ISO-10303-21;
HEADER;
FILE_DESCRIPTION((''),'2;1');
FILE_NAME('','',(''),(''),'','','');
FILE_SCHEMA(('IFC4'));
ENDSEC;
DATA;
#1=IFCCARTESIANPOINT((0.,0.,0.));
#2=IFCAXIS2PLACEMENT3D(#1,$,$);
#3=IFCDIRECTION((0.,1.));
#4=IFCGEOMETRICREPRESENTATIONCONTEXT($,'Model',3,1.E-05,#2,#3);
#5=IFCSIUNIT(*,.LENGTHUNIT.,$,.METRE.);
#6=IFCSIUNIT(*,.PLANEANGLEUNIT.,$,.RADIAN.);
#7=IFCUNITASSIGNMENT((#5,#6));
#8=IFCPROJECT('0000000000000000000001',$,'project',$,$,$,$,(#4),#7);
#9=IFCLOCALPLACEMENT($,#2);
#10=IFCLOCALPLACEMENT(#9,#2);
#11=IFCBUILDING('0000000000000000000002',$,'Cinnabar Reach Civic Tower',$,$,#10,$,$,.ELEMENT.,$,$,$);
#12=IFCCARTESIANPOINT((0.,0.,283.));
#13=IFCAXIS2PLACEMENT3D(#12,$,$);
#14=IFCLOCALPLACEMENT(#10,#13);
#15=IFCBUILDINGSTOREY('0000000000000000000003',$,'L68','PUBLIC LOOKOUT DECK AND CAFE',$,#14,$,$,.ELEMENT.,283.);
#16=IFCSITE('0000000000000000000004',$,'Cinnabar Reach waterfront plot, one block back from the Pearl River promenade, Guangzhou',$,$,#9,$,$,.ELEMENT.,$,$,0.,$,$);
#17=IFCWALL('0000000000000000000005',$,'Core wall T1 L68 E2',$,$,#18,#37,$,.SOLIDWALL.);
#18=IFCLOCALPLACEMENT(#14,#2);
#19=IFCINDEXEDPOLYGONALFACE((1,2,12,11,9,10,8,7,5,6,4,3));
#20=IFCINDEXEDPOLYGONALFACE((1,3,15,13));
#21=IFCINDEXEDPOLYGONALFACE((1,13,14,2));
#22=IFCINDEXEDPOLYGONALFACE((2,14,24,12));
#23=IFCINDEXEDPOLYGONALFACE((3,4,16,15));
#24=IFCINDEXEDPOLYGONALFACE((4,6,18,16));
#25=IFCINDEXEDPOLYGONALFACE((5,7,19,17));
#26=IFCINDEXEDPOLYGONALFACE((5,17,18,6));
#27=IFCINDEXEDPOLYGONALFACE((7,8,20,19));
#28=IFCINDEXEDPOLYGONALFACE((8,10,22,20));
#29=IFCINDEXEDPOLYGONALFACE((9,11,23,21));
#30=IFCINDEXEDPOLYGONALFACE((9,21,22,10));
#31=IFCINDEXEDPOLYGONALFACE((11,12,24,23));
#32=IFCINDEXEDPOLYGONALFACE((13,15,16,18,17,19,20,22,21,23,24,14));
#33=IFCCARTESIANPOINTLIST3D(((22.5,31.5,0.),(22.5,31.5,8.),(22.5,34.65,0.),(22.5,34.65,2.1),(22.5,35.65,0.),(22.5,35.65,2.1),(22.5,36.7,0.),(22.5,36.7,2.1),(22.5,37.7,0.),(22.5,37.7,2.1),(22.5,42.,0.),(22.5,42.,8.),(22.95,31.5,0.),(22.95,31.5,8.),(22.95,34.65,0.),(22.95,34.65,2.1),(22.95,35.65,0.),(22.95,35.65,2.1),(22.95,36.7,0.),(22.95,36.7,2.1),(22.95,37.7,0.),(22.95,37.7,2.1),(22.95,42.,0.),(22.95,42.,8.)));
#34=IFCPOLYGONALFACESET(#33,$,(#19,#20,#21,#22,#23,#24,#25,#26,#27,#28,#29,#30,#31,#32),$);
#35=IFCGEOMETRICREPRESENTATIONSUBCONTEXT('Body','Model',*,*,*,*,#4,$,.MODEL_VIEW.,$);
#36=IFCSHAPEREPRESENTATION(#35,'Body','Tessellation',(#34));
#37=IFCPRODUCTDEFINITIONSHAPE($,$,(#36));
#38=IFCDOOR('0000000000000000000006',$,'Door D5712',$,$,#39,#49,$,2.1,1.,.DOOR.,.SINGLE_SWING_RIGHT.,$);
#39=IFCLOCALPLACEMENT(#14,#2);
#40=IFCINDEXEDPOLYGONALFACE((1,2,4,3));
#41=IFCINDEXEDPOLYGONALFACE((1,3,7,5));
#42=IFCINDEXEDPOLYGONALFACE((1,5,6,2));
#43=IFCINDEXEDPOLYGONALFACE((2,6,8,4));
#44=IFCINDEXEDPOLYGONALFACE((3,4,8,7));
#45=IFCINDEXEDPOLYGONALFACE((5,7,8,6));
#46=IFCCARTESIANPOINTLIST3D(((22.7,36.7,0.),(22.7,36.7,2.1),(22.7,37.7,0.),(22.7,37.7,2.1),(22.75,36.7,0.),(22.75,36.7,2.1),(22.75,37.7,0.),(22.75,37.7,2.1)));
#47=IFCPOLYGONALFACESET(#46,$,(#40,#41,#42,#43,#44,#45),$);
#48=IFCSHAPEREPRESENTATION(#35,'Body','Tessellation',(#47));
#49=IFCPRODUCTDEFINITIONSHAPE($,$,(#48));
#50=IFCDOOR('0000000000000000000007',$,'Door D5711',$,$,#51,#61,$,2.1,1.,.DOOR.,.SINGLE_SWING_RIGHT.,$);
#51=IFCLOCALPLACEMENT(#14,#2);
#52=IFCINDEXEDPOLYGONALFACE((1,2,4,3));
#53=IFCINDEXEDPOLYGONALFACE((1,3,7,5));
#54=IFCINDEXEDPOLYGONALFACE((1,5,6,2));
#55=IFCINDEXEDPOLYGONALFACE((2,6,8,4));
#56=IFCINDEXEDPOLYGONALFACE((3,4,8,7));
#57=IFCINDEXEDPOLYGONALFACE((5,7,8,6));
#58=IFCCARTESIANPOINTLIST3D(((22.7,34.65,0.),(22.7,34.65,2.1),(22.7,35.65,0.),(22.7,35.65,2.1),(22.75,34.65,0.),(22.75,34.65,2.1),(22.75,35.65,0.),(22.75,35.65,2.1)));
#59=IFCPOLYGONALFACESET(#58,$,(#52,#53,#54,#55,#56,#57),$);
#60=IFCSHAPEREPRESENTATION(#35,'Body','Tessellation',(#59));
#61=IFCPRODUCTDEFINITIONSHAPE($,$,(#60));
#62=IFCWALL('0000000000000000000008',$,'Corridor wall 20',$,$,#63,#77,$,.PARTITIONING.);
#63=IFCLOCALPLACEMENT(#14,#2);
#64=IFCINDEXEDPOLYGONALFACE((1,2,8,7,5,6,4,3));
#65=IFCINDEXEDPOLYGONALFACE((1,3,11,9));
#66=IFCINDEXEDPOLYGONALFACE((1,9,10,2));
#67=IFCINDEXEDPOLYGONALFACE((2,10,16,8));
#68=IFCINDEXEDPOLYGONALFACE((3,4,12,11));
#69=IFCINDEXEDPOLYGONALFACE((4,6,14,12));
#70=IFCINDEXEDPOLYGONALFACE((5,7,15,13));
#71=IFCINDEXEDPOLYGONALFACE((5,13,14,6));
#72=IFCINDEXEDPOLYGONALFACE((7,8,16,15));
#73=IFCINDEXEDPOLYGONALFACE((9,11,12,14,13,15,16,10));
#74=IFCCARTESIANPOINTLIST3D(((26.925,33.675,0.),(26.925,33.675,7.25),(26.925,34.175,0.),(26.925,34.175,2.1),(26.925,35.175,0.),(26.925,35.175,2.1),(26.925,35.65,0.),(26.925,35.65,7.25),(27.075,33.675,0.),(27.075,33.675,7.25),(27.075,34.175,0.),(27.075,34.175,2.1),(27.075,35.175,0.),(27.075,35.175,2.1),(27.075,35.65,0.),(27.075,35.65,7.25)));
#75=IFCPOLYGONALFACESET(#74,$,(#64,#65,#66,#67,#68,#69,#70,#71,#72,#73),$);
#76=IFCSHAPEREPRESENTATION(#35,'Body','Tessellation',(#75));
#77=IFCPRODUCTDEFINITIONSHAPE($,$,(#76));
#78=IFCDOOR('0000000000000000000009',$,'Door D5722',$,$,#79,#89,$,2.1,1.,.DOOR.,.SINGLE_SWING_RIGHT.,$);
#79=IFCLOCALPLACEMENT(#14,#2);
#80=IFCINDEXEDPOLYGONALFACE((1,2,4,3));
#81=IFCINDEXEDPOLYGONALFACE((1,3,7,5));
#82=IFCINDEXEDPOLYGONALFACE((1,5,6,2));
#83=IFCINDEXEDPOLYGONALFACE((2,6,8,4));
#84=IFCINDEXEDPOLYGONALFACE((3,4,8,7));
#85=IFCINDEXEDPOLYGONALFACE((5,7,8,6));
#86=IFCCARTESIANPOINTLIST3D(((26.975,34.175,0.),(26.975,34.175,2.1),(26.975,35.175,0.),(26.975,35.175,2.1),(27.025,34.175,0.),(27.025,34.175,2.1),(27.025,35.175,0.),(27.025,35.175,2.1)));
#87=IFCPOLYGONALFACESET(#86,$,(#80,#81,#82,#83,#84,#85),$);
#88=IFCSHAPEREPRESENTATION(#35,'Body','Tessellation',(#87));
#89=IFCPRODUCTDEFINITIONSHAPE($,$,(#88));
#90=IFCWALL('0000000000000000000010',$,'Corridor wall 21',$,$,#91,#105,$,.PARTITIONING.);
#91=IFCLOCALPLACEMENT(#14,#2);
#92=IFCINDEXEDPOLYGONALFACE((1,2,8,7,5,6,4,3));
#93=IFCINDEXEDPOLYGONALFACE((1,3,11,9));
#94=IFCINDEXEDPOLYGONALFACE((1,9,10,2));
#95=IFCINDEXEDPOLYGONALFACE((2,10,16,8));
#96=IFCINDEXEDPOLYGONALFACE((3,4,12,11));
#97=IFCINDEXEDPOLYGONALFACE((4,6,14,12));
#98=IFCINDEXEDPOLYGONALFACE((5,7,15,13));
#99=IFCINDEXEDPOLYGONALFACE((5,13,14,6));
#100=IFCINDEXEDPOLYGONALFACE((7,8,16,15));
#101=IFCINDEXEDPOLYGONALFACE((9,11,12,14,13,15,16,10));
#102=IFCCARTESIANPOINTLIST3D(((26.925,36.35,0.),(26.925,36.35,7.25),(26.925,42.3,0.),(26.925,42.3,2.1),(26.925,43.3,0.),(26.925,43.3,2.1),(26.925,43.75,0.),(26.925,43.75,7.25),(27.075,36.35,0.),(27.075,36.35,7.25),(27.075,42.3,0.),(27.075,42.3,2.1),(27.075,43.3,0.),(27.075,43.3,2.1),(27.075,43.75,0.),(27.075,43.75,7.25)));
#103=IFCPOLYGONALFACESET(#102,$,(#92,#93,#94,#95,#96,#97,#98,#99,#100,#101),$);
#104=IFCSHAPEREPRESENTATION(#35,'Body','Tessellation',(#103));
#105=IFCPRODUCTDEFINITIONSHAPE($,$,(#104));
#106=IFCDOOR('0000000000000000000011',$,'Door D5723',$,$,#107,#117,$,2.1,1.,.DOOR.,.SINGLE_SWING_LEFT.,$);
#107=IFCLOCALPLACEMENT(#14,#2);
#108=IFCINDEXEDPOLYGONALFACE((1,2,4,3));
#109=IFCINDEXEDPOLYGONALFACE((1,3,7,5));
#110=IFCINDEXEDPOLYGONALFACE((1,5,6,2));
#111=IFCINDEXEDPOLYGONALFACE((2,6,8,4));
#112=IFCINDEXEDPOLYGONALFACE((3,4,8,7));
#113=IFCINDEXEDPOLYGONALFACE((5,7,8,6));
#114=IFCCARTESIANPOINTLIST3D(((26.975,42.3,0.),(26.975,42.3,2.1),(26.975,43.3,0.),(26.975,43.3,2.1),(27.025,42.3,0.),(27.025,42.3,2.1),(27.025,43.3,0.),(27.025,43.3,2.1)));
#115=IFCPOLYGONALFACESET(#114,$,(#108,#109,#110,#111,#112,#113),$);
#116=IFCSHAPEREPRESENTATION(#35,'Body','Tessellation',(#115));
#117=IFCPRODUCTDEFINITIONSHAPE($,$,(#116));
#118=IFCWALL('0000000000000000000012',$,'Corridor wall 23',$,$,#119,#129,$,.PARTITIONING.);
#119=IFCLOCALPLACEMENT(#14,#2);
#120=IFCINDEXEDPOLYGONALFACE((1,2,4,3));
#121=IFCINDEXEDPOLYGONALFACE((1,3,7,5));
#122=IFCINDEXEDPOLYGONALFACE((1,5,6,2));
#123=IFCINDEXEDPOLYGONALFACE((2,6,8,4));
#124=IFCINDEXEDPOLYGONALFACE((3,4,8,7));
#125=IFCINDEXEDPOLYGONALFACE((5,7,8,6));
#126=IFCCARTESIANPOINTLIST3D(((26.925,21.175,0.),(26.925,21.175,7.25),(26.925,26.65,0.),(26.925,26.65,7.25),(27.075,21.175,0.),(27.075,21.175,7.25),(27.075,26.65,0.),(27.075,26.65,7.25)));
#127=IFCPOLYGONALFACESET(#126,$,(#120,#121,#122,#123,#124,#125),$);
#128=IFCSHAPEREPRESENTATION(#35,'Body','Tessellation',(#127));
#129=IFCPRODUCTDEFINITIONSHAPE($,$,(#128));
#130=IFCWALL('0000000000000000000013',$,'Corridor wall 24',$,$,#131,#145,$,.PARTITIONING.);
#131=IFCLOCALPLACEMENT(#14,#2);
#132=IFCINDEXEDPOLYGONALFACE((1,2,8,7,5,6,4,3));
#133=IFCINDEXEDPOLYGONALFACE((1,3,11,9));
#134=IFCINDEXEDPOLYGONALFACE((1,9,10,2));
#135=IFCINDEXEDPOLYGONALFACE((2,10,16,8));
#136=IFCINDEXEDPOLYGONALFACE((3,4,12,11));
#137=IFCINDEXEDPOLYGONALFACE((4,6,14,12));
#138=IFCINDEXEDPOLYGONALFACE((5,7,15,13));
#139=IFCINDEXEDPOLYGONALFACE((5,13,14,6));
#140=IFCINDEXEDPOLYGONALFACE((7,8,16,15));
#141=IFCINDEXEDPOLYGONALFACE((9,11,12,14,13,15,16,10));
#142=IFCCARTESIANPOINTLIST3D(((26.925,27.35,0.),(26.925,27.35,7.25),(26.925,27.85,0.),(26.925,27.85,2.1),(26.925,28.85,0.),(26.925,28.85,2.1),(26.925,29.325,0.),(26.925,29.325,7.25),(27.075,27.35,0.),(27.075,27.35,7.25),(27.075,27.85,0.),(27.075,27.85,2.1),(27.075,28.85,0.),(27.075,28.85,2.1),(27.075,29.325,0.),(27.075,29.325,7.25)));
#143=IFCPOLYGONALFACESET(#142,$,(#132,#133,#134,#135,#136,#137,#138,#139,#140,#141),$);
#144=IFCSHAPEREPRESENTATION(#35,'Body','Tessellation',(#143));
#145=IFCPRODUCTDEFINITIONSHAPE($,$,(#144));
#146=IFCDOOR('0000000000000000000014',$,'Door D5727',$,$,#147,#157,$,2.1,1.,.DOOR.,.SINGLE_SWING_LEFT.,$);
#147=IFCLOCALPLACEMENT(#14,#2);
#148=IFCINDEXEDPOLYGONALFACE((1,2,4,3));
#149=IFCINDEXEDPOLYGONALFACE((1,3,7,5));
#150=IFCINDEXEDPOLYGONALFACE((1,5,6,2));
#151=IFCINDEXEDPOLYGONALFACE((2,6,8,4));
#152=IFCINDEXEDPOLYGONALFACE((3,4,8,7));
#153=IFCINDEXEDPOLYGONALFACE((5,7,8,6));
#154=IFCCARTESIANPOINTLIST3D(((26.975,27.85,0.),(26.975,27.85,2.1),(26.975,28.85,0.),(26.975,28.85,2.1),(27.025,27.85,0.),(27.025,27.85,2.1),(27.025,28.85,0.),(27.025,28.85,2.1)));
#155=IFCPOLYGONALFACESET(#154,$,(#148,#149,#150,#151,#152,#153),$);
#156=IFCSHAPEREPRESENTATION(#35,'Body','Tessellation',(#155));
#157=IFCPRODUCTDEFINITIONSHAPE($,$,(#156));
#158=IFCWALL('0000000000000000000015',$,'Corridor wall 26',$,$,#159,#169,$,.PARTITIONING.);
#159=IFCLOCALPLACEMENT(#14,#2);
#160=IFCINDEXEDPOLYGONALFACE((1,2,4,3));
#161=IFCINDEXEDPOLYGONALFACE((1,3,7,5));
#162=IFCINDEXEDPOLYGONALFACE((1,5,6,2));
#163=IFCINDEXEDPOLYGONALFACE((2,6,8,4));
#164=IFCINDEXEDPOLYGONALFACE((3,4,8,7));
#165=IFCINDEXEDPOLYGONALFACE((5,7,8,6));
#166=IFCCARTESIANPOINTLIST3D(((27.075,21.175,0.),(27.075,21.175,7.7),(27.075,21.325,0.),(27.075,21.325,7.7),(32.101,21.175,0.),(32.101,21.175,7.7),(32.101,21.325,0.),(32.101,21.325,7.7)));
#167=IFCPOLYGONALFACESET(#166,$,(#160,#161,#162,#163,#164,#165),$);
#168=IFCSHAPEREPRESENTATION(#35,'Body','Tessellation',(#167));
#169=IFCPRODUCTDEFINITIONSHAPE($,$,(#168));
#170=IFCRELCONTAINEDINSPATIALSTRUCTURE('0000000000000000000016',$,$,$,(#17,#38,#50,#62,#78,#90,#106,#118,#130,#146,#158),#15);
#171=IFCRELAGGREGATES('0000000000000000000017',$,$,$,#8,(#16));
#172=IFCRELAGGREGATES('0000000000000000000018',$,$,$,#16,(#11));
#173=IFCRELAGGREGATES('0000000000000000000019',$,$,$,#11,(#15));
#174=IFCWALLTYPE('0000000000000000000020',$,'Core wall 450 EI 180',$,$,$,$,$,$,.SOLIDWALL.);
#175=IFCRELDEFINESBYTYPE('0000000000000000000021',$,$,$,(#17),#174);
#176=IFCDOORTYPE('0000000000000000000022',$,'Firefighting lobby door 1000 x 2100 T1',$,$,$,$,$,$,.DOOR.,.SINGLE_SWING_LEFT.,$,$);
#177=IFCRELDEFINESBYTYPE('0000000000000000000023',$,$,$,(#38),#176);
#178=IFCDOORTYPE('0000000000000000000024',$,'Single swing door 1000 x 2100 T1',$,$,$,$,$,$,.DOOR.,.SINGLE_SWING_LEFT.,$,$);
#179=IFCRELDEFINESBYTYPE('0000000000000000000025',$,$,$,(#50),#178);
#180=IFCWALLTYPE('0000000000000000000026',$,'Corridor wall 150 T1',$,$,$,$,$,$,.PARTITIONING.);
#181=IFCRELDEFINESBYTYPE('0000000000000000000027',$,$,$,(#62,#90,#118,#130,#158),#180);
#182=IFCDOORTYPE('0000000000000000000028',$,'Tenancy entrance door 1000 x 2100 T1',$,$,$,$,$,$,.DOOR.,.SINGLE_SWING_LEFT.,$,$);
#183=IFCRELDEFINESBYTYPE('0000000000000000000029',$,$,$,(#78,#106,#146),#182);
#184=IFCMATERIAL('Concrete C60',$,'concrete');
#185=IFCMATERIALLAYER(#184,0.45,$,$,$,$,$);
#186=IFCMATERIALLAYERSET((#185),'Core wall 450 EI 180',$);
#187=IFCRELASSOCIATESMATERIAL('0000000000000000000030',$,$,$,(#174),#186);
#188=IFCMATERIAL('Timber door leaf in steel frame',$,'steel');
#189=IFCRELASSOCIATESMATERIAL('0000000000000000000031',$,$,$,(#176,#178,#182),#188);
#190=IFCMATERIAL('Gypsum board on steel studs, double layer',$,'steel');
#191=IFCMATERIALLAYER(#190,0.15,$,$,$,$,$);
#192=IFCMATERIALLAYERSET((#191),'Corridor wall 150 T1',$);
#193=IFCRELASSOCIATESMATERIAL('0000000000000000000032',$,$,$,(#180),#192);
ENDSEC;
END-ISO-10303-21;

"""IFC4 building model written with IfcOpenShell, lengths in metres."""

from ifc_helpers import new_model, si_unit, direction, frame, frame_2d, origin, place, context, subcontext, project, spatial, rectangle, extrude, material, layer, layer_set, type_object, element, fill, save


model = new_model("IFC4")

# Units and contexts
model_context = context("Model", 3, precision=1e-05, world=origin(), true_north=direction((0.0, 1.0)))
body_context = subcontext(model_context, "Body", "Model", "MODEL_VIEW")
ifc_project = project(units=[si_unit("LENGTHUNIT", "METRE"), si_unit("PLANEANGLEUNIT", "RADIAN")], contexts=[model_context])

# Site, building, storey
site_placement = place(None, origin())
site = spatial("IfcSite", under=ifc_project, at=site_placement, Name="Cinnabar Reach waterfront plot, one block back from the Pearl River promenade, Guangzhou", CompositionType="ELEMENT", RefElevation=0.0)
building_placement = place(site_placement, origin())
building = spatial("IfcBuilding", under=site, at=building_placement, Name="Cinnabar Reach Civic Tower", CompositionType="ELEMENT")
storey_placement = place(building_placement, frame((0.0, 0.0, 283.0)))
storey = spatial("IfcBuildingStorey", under=building, at=storey_placement, Name="L68", Description="PUBLIC LOOKOUT DECK AND CAFE", CompositionType="ELEMENT", Elevation=283.0)

# Shared definitions
ifc_material_1 = material(Name="Concrete C60", Category="concrete")

# Shared definitions
ifc_layer_1 = layer(ifc_material_1, 0.45)
ifc_layer_set_1 = layer_set([ifc_layer_1], Name="Core wall 450 EI 180")
wall_type_1 = type_object("IfcWallType", Name="Core wall 450 EI 180", PredefinedType="SOLIDWALL", material=ifc_layer_set_1)
ifc_material_2 = material(Name="Timber door leaf in steel frame", Category="steel")

# Wall, openings, doors
wall_1_placement = place(storey_placement, frame((22.725, 31.5, 0.0), z_axis=(0.0, 0.0, 1.0), x_axis=(0.0, 1.0, 0.0)))
wall_1 = element("IfcWall", 1, at=wall_1_placement, inside=storey, type_object=wall_type_1, Name="Core wall T1 L68 E2", PredefinedType="SOLIDWALL", context=body_context, shape_type="SweptSolid", body=[
    extrude(rectangle(XDim=10.5, YDim=0.45, at=frame_2d((5.25, 0.0))), origin(), (0.0, 0.0, 1.0), 8.0),
])
opening_1_placement = place(wall_1_placement, frame((3.15, 0.0, 0.0)))
opening_1 = element("IfcOpeningElement", 2, at=opening_1_placement, cuts=wall_1, PredefinedType="OPENING", context=body_context, shape_type="SweptSolid", body=[
    extrude(rectangle(XDim=1.0, YDim=2.1, at=frame_2d((0.5, 1.05))), frame((0.0, 0.235, 0.0), z_axis=(0.0, -1.0, 0.0), x_axis=(1.0, 0.0, 0.0)), (0.0, 0.0, 1.0), 0.47),
])
opening_2_placement = place(wall_1_placement, frame((5.2, 0.0, 0.0)))
opening_2 = element("IfcOpeningElement", 3, at=opening_2_placement, cuts=wall_1, PredefinedType="OPENING", context=body_context, shape_type="SweptSolid", body=[
    extrude(rectangle(XDim=1.0, YDim=2.1, at=frame_2d((0.5, 1.05))), frame((0.0, 0.235, 0.0), z_axis=(0.0, -1.0, 0.0), x_axis=(1.0, 0.0, 0.0)), (0.0, 0.0, 1.0), 0.47),
])
door_type_1 = type_object("IfcDoorType", Name="Firefighting lobby door 1000 x 2100 T1", OperationType="SINGLE_SWING_LEFT", PredefinedType="DOOR", material=ifc_material_2)
door_1_placement = place(opening_2_placement, origin())
door_1 = element("IfcDoor", 4, at=door_1_placement, inside=storey, type_object=door_type_1, Name="Door D5712", OperationType="SINGLE_SWING_RIGHT", OverallHeight=2.1, OverallWidth=1.0, PredefinedType="DOOR", context=body_context, shape_type="SweptSolid", body=[
    extrude(rectangle(XDim=1.0, YDim=2.1, at=frame_2d((0.5, 1.05))), frame((0.0, 0.025, 0.0), z_axis=(0.0, -1.0, 0.0), x_axis=(1.0, 0.0, 0.0)), (0.0, 0.0, 1.0), 0.05),
])
fill(opening_2, door_1)
door_type_2 = type_object("IfcDoorType", Name="Single swing door 1000 x 2100 T1", OperationType="SINGLE_SWING_LEFT", PredefinedType="DOOR", material=ifc_material_2)
door_2_placement = place(opening_1_placement, origin())
door_2 = element("IfcDoor", 5, at=door_2_placement, inside=storey, type_object=door_type_2, Name="Door D5711", OperationType="SINGLE_SWING_RIGHT", OverallHeight=2.1, OverallWidth=1.0, PredefinedType="DOOR", context=body_context, shape_type="SweptSolid", body=[
    extrude(rectangle(XDim=1.0, YDim=2.1, at=frame_2d((0.5, 1.05))), frame((0.0, 0.025, 0.0), z_axis=(0.0, -1.0, 0.0), x_axis=(1.0, 0.0, 0.0)), (0.0, 0.0, 1.0), 0.05),
])
fill(opening_1, door_2)

# Walls, openings, doors
ifc_material_3 = material(Name="Gypsum board on steel studs, double layer", Category="steel")
ifc_layer_2 = layer(ifc_material_3, 0.15)
ifc_layer_set_2 = layer_set([ifc_layer_2], Name="Corridor wall 150 T1")
wall_type_2 = type_object("IfcWallType", Name="Corridor wall 150 T1", PredefinedType="PARTITIONING", material=ifc_layer_set_2)
wall_2_placement = place(storey_placement, frame((27.0, 33.675, 0.0), z_axis=(0.0, 0.0, 1.0), x_axis=(0.0, 1.0, 0.0)))
wall_2 = element("IfcWall", 6, at=wall_2_placement, inside=storey, type_object=wall_type_2, Name="Corridor wall 20", PredefinedType="PARTITIONING", context=body_context, shape_type="SweptSolid", body=[
    extrude(rectangle(XDim=1.975, YDim=0.15, at=frame_2d((0.9875, 0.0))), origin(), (0.0, 0.0, 1.0), 7.25),
])
opening_3_placement = place(wall_2_placement, frame((0.5, 0.0, 0.0)))
opening_3 = element("IfcOpeningElement", 7, at=opening_3_placement, cuts=wall_2, PredefinedType="OPENING", context=body_context, shape_type="SweptSolid", body=[
    extrude(rectangle(XDim=1.0, YDim=2.1, at=frame_2d((0.5, 1.05))), frame((0.0, 0.085, 0.0), z_axis=(0.0, -1.0, 0.0), x_axis=(1.0, 0.0, 0.0)), (0.0, 0.0, 1.0), 0.17),
])
door_type_3 = type_object("IfcDoorType", Name="Tenancy entrance door 1000 x 2100 T1", OperationType="SINGLE_SWING_LEFT", PredefinedType="DOOR", material=ifc_material_2)
door_3_placement = place(opening_3_placement, frame((1.0, 0.0, 0.0), z_axis=(0.0, 0.0, 1.0), x_axis=(-1.0, 0.0, 0.0)))
door_3 = element("IfcDoor", 8, at=door_3_placement, inside=storey, type_object=door_type_3, Name="Door D5722", OperationType="SINGLE_SWING_RIGHT", OverallHeight=2.1, OverallWidth=1.0, PredefinedType="DOOR", context=body_context, shape_type="SweptSolid", body=[
    extrude(rectangle(XDim=1.0, YDim=2.1, at=frame_2d((0.5, 1.05))), frame((0.0, 0.025, 0.0), z_axis=(0.0, -1.0, 0.0), x_axis=(1.0, 0.0, 0.0)), (0.0, 0.0, 1.0), 0.05),
])
fill(opening_3, door_3)
wall_3_placement = place(storey_placement, frame((27.0, 36.35, 0.0), z_axis=(0.0, 0.0, 1.0), x_axis=(0.0, 1.0, 0.0)))
wall_3 = element("IfcWall", 9, at=wall_3_placement, inside=storey, type_object=wall_type_2, Name="Corridor wall 21", PredefinedType="PARTITIONING", context=body_context, shape_type="SweptSolid", body=[
    extrude(rectangle(XDim=7.4, YDim=0.15, at=frame_2d((3.7, 0.0))), origin(), (0.0, 0.0, 1.0), 7.25),
])
opening_4_placement = place(wall_3_placement, frame((5.95, 0.0, 0.0)))
opening_4 = element("IfcOpeningElement", 10, at=opening_4_placement, cuts=wall_3, PredefinedType="OPENING", context=body_context, shape_type="SweptSolid", body=[
    extrude(rectangle(XDim=1.0, YDim=2.1, at=frame_2d((0.5, 1.05))), frame((0.0, 0.085, 0.0), z_axis=(0.0, -1.0, 0.0), x_axis=(1.0, 0.0, 0.0)), (0.0, 0.0, 1.0), 0.17),
])
door_4_placement = place(opening_4_placement, frame((1.0, 0.0, 0.0), z_axis=(0.0, 0.0, 1.0), x_axis=(-1.0, 0.0, 0.0)))
door_4 = element("IfcDoor", 11, at=door_4_placement, inside=storey, type_object=door_type_3, Name="Door D5723", OperationType="SINGLE_SWING_LEFT", OverallHeight=2.1, OverallWidth=1.0, PredefinedType="DOOR", context=body_context, shape_type="SweptSolid", body=[
    extrude(rectangle(XDim=1.0, YDim=2.1, at=frame_2d((0.5, 1.05))), frame((0.0, 0.025, 0.0), z_axis=(0.0, -1.0, 0.0), x_axis=(1.0, 0.0, 0.0)), (0.0, 0.0, 1.0), 0.05),
])
fill(opening_4, door_4)

# Wall
wall_4_placement = place(storey_placement, frame((27.0, 21.175, 0.0), z_axis=(0.0, 0.0, 1.0), x_axis=(0.0, 1.0, 0.0)))
element("IfcWall", 12, at=wall_4_placement, inside=storey, type_object=wall_type_2, Name="Corridor wall 23", PredefinedType="PARTITIONING", context=body_context, shape_type="SweptSolid", body=[
    extrude(rectangle(XDim=5.475, YDim=0.15, at=frame_2d((2.7375, 0.0))), origin(), (0.0, 0.0, 1.0), 7.25),
])

# Wall, opening, door
wall_5_placement = place(storey_placement, frame((27.0, 27.35, 0.0), z_axis=(0.0, 0.0, 1.0), x_axis=(0.0, 1.0, 0.0)))
wall_5 = element("IfcWall", 13, at=wall_5_placement, inside=storey, type_object=wall_type_2, Name="Corridor wall 24", PredefinedType="PARTITIONING", context=body_context, shape_type="SweptSolid", body=[
    extrude(rectangle(XDim=1.975, YDim=0.15, at=frame_2d((0.9875, 0.0))), origin(), (0.0, 0.0, 1.0), 7.25),
])
opening_5_placement = place(wall_5_placement, frame((0.5, 0.0, 0.0)))
opening_5 = element("IfcOpeningElement", 14, at=opening_5_placement, cuts=wall_5, PredefinedType="OPENING", context=body_context, shape_type="SweptSolid", body=[
    extrude(rectangle(XDim=1.0, YDim=2.1, at=frame_2d((0.5, 1.05))), frame((0.0, 0.085, 0.0), z_axis=(0.0, -1.0, 0.0), x_axis=(1.0, 0.0, 0.0)), (0.0, 0.0, 1.0), 0.17),
])
door_5_placement = place(opening_5_placement, frame((1.0, 0.0, 0.0), z_axis=(0.0, 0.0, 1.0), x_axis=(-1.0, 0.0, 0.0)))
door_5 = element("IfcDoor", 15, at=door_5_placement, inside=storey, type_object=door_type_3, Name="Door D5727", OperationType="SINGLE_SWING_LEFT", OverallHeight=2.1, OverallWidth=1.0, PredefinedType="DOOR", context=body_context, shape_type="SweptSolid", body=[
    extrude(rectangle(XDim=1.0, YDim=2.1, at=frame_2d((0.5, 1.05))), frame((0.0, 0.025, 0.0), z_axis=(0.0, -1.0, 0.0), x_axis=(1.0, 0.0, 0.0)), (0.0, 0.0, 1.0), 0.05),
])
fill(opening_5, door_5)

# Wall
wall_6_placement = place(storey_placement, frame((27.075, 21.25, 0.0), z_axis=(0.0, 0.0, 1.0), x_axis=(1.0, 0.0, 0.0)))
element("IfcWall", 16, at=wall_6_placement, inside=storey, type_object=wall_type_2, Name="Corridor wall 26", PredefinedType="PARTITIONING", context=body_context, shape_type="SweptSolid", body=[
    extrude(rectangle(XDim=5.0259, YDim=0.15, at=frame_2d((2.513, 0.0))), origin(), (0.0, 0.0, 1.0), 7.7),
])

save(model, "model.ifc")
